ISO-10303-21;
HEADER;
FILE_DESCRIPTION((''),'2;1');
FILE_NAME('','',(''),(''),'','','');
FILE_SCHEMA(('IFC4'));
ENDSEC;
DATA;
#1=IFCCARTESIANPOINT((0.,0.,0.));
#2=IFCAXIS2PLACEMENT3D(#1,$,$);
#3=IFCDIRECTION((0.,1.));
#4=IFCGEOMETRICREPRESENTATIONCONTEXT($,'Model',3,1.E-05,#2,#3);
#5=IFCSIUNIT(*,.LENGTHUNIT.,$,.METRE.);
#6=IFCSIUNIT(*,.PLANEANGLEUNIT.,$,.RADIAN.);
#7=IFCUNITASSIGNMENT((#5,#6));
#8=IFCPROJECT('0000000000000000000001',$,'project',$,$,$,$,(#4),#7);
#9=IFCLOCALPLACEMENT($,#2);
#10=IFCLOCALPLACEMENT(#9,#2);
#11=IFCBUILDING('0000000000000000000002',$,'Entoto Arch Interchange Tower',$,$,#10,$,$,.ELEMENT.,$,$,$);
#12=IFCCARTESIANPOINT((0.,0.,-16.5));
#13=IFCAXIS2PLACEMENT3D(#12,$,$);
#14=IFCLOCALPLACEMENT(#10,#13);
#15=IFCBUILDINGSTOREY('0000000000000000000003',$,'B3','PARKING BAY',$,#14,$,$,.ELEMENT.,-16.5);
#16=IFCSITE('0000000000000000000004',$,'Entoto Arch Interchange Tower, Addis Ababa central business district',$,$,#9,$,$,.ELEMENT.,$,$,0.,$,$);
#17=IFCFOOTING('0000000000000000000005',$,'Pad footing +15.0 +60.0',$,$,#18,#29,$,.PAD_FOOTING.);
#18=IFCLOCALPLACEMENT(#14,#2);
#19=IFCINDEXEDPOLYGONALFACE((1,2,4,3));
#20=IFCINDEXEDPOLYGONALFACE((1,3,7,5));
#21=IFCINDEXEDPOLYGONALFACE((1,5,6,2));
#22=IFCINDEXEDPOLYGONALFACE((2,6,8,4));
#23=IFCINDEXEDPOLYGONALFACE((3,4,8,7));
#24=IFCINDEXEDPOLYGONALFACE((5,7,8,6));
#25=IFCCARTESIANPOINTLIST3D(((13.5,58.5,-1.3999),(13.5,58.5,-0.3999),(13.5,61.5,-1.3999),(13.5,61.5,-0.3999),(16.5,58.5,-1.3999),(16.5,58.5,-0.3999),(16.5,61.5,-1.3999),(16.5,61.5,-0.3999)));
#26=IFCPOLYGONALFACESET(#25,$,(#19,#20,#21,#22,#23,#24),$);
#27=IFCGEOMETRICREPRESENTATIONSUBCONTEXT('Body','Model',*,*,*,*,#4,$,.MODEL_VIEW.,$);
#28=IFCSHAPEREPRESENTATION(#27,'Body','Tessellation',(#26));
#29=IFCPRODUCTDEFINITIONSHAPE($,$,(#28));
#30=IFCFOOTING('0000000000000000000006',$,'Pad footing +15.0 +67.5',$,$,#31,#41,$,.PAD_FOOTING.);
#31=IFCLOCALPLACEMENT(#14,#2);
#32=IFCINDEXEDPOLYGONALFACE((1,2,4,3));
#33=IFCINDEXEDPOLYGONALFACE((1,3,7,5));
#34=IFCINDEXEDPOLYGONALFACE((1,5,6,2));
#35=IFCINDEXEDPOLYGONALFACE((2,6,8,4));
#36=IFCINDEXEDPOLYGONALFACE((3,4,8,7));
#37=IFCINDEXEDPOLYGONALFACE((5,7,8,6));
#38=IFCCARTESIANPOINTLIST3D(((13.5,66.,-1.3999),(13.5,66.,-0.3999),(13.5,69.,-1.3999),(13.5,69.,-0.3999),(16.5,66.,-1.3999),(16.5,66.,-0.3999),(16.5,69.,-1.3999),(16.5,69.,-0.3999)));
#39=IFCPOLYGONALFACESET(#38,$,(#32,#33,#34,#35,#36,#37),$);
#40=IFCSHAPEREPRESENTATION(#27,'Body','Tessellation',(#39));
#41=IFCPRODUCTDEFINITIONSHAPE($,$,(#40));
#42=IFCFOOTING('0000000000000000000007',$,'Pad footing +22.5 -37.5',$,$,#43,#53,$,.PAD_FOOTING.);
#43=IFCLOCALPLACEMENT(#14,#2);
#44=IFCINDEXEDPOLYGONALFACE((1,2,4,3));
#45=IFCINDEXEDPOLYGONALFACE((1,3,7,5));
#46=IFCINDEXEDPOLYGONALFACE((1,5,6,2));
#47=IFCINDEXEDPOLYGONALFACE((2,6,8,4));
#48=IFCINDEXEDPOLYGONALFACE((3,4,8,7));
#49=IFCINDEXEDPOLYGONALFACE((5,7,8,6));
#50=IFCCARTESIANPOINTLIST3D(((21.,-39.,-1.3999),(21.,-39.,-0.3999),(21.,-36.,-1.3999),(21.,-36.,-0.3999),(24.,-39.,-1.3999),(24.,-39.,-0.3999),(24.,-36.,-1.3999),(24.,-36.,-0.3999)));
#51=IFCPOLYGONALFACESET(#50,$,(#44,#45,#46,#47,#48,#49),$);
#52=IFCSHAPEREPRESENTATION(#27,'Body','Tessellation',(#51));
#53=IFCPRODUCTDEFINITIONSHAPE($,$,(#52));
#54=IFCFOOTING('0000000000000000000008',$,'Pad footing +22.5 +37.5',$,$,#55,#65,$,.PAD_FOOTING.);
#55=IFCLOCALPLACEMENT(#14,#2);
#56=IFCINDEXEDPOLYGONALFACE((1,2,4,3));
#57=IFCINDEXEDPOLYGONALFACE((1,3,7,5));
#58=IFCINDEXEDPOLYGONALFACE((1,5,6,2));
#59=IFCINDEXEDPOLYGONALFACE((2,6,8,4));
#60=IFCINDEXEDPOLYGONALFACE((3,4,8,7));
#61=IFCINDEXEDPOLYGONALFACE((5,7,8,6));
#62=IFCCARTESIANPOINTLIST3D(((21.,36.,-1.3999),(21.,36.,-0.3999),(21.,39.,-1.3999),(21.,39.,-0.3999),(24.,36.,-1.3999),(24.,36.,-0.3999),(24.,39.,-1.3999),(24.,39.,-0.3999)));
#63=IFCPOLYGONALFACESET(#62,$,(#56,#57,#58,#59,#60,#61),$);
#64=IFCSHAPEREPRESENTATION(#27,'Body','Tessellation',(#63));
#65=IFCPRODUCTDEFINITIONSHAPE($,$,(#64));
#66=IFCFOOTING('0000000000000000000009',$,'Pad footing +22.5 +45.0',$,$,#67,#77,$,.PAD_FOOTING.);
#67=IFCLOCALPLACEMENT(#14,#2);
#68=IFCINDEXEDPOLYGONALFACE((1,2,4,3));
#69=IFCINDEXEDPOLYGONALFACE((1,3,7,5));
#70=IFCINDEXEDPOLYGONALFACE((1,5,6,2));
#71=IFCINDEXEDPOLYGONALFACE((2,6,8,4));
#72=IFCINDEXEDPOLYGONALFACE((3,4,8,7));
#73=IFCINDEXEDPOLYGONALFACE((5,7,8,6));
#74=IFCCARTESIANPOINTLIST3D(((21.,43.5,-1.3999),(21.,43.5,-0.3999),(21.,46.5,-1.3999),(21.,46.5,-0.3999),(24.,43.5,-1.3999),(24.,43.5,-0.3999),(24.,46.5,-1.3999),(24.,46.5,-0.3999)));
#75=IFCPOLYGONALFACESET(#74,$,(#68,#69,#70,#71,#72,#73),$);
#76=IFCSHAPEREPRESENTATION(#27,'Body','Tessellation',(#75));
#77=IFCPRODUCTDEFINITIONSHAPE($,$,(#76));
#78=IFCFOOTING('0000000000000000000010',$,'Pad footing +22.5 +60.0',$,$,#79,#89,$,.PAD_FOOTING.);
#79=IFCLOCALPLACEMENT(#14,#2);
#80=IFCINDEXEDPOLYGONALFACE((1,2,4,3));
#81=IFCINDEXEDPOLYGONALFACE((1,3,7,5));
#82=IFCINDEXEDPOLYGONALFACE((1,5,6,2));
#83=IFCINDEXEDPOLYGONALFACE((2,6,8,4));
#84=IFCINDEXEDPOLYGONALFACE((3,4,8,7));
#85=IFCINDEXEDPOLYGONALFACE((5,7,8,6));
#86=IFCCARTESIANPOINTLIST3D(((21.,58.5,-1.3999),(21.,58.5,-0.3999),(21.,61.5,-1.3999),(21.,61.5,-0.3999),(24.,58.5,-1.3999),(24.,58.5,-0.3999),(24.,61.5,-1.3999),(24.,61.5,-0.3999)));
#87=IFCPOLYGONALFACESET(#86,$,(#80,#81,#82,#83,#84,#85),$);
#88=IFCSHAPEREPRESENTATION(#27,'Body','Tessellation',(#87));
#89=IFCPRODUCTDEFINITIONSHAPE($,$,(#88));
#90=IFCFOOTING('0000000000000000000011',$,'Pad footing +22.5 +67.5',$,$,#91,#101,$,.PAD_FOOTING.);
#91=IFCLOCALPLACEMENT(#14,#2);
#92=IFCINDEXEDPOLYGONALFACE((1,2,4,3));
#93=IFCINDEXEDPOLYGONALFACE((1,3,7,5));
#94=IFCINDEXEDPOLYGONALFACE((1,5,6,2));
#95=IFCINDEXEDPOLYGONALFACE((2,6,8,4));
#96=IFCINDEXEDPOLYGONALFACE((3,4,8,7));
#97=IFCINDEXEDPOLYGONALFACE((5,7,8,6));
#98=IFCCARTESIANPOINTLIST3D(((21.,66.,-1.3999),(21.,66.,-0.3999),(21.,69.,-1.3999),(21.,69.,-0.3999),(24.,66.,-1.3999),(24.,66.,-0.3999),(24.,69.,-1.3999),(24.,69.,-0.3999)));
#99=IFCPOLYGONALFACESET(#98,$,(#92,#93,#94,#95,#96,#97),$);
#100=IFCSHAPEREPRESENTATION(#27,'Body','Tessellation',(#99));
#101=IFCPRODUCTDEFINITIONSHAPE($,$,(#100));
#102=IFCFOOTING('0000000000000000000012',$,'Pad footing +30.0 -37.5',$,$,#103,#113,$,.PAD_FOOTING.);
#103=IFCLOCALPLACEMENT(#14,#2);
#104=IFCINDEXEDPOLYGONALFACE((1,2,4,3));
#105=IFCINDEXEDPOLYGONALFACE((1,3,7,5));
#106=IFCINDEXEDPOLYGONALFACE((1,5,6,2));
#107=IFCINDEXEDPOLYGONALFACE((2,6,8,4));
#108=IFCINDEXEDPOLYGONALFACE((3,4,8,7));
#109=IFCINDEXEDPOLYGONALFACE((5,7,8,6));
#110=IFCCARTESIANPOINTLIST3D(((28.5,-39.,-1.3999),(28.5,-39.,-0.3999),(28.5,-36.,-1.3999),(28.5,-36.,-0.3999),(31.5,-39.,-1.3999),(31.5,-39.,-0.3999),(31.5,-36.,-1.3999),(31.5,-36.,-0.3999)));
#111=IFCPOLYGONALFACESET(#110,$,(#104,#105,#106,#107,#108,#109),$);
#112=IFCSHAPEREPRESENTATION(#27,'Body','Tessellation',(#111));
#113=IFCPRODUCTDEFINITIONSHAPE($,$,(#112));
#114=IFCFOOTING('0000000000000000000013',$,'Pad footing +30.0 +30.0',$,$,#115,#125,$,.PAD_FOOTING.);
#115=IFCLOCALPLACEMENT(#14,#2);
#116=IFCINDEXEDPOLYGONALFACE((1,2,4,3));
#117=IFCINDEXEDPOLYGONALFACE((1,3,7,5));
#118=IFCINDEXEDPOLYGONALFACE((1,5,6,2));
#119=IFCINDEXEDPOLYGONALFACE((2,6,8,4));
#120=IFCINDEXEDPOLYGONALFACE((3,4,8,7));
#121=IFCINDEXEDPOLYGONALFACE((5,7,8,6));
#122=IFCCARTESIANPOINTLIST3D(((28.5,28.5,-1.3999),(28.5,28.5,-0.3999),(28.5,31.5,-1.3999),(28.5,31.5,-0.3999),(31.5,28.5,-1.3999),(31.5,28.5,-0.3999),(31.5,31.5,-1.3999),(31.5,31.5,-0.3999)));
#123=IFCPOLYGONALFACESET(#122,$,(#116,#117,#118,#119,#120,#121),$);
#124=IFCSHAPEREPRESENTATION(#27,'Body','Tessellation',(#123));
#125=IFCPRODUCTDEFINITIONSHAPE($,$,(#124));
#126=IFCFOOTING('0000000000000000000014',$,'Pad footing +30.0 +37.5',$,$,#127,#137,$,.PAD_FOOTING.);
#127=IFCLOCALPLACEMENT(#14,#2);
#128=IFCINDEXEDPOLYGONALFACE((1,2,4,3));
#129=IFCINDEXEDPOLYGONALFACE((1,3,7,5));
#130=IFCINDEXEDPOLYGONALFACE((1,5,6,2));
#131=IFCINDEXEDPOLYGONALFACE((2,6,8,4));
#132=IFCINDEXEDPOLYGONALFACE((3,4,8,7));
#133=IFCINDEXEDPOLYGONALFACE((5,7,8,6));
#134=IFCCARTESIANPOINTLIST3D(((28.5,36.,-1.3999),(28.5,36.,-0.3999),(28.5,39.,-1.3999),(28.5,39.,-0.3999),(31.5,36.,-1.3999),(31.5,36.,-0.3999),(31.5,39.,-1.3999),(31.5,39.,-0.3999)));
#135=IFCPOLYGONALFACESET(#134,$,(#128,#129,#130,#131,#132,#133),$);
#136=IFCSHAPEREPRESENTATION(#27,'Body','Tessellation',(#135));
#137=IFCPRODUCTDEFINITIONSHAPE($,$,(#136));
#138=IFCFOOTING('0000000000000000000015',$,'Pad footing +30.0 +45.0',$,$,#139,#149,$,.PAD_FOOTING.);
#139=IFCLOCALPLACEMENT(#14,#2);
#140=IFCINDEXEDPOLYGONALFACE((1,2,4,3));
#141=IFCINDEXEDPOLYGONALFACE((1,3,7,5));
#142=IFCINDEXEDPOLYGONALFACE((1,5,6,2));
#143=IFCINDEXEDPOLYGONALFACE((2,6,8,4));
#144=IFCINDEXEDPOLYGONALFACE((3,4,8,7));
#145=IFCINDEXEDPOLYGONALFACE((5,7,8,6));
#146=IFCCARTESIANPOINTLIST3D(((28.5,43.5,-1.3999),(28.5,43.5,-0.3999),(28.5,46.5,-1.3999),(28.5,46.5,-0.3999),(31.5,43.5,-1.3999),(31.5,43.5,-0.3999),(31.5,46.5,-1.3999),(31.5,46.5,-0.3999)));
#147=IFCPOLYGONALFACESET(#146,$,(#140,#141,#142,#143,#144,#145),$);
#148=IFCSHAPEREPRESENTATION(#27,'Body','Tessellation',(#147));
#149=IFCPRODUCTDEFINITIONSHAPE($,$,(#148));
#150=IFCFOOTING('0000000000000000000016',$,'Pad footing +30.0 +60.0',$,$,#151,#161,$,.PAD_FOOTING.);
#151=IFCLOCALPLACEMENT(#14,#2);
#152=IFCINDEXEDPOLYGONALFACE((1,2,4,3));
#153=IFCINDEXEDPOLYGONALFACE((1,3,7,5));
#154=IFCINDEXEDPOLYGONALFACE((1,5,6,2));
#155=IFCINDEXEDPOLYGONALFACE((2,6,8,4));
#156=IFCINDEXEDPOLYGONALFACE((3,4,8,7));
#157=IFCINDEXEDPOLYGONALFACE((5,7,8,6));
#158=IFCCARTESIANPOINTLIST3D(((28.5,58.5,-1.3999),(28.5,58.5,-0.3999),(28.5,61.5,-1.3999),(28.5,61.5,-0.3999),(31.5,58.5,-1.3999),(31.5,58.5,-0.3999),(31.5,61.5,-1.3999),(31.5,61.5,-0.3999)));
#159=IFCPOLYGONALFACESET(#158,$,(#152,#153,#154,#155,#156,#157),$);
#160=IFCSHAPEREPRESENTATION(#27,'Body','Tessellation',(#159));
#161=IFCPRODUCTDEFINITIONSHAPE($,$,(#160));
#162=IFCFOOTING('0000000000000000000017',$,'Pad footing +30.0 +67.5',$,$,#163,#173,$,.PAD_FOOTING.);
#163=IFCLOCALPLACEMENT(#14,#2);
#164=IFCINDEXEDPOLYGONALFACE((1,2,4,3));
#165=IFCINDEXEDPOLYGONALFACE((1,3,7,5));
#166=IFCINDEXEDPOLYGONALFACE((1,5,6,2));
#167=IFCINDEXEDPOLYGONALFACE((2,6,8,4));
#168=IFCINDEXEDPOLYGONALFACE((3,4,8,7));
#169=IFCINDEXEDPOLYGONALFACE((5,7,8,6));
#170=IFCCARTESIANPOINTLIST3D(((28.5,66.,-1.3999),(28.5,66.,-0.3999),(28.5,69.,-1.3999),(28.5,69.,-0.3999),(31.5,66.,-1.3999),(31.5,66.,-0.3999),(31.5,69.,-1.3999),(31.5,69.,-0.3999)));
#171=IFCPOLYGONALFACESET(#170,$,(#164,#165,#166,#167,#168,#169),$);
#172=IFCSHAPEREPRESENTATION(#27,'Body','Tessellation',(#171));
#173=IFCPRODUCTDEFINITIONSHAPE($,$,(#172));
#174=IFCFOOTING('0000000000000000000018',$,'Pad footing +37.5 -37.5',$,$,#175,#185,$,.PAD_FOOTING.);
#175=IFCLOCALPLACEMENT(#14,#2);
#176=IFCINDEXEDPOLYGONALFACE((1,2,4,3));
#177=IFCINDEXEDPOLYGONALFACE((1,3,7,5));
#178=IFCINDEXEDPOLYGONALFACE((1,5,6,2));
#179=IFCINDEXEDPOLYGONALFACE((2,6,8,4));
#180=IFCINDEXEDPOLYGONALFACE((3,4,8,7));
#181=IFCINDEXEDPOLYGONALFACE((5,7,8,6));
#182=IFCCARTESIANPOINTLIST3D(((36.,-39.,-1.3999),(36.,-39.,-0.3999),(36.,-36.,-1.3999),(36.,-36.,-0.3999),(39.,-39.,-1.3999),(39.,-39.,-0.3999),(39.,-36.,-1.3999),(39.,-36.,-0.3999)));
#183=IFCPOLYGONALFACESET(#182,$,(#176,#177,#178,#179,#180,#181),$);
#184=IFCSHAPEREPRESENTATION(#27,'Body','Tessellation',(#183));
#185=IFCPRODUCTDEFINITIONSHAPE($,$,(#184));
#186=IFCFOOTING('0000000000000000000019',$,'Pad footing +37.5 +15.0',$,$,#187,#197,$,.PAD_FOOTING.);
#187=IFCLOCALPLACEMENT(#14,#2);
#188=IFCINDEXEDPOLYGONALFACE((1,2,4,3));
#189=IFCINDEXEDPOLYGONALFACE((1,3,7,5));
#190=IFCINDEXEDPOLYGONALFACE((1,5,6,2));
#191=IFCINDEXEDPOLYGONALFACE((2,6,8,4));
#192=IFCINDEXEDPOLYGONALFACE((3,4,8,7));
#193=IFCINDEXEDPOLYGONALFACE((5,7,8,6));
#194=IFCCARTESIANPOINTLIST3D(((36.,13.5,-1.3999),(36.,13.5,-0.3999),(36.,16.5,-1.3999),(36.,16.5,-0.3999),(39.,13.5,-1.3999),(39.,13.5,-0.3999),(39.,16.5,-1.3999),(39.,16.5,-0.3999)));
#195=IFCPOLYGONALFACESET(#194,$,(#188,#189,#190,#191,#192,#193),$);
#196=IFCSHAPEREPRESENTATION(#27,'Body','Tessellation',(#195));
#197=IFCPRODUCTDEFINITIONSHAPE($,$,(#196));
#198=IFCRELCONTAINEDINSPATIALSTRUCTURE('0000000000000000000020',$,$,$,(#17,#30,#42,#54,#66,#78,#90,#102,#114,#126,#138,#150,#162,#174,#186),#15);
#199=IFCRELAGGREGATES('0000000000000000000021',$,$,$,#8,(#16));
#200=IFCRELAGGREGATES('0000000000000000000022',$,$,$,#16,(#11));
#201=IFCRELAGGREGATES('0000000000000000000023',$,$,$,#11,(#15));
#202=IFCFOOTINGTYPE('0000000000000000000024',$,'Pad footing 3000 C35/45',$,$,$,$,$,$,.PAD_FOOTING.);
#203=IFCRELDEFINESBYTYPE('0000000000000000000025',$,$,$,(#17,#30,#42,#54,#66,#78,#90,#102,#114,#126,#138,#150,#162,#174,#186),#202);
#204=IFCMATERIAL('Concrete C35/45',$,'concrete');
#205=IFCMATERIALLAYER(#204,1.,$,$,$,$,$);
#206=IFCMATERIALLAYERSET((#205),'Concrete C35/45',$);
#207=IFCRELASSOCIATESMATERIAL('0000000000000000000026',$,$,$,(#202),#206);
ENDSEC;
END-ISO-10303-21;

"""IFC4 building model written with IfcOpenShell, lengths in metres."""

from ifc_helpers import new_model, si_unit, direction, frame, origin, place, context, subcontext, project, spatial, polyline, outline, extrude, material, layer, layer_set, type_object, element, save


model = new_model("IFC4")

# Units and contexts
model_context = context("Model", 3, precision=1e-05, world=origin(), true_north=direction((0.0, 1.0)))
body_context = subcontext(model_context, "Body", "Model", "MODEL_VIEW")
ifc_project = project(units=[si_unit("LENGTHUNIT", "METRE"), si_unit("PLANEANGLEUNIT", "RADIAN")], contexts=[model_context])

# Site, building, storey
site_placement = place(None, origin())
site = spatial("IfcSite", under=ifc_project, at=site_placement, Name="Entoto Arch Interchange Tower, Addis Ababa central business district", CompositionType="ELEMENT", RefElevation=0.0)
building_placement = place(site_placement, origin())
building = spatial("IfcBuilding", under=site, at=building_placement, Name="Entoto Arch Interchange Tower", CompositionType="ELEMENT")
storey_placement = place(building_placement, frame((0.0, 0.0, -16.5)))
storey = spatial("IfcBuildingStorey", under=building, at=storey_placement, Name="B3", Description="PARKING BAY", CompositionType="ELEMENT", Elevation=-16.5)

# Footings
ifc_material_1 = material(Name="Concrete C35/45", Category="concrete")
ifc_layer_1 = layer(ifc_material_1, 1.0)
ifc_layer_set_1 = layer_set([ifc_layer_1], Name="Concrete C35/45")
footing_type = type_object("IfcFootingType", Name="Pad footing 3000 C35/45", PredefinedType="PAD_FOOTING", material=ifc_layer_set_1)
footing_1_placement = place(storey_placement, frame((0.0, 0.0, -1.3999)))
element("IfcFooting", 1, at=footing_1_placement, inside=storey, type_object=footing_type, Name="Pad footing +15.0 +60.0", PredefinedType="PAD_FOOTING", context=body_context, shape_type="SweptSolid", body=[
    extrude(outline(polyline([(16.5, 58.5), (16.5, 61.5), (13.5, 61.5), (13.5, 58.5), (16.5, 58.5)])), origin(), (0.0, 0.0, 1.0), 1.0),
])
footing_2_placement = place(storey_placement, frame((0.0, 0.0, -1.3999)))
element("IfcFooting", 2, at=footing_2_placement, inside=storey, type_object=footing_type, Name="Pad footing +15.0 +67.5", PredefinedType="PAD_FOOTING", context=body_context, shape_type="SweptSolid", body=[
    extrude(outline(polyline([(16.5, 66.0), (16.5, 69.0), (13.5, 69.0), (13.5, 66.0), (16.5, 66.0)])), origin(), (0.0, 0.0, 1.0), 1.0),
])
footing_3_placement = place(storey_placement, frame((0.0, 0.0, -1.3999)))
element("IfcFooting", 3, at=footing_3_placement, inside=storey, type_object=footing_type, Name="Pad footing +22.5 -37.5", PredefinedType="PAD_FOOTING", context=body_context, shape_type="SweptSolid", body=[
    extrude(outline(polyline([(24.0, -39.0), (24.0, -36.0), (21.0, -36.0), (21.0, -39.0), (24.0, -39.0)])), origin(), (0.0, 0.0, 1.0), 1.0),
])
footing_4_placement = place(storey_placement, frame((0.0, 0.0, -1.3999)))
element("IfcFooting", 4, at=footing_4_placement, inside=storey, type_object=footing_type, Name="Pad footing +22.5 +37.5", PredefinedType="PAD_FOOTING", context=body_context, shape_type="SweptSolid", body=[
    extrude(outline(polyline([(24.0, 36.0), (24.0, 39.0), (21.0, 39.0), (21.0, 36.0), (24.0, 36.0)])), origin(), (0.0, 0.0, 1.0), 1.0),
])
footing_5_placement = place(storey_placement, frame((0.0, 0.0, -1.3999)))
element("IfcFooting", 5, at=footing_5_placement, inside=storey, type_object=footing_type, Name="Pad footing +22.5 +45.0", PredefinedType="PAD_FOOTING", context=body_context, shape_type="SweptSolid", body=[
    extrude(outline(polyline([(24.0, 43.5), (24.0, 46.5), (21.0, 46.5), (21.0, 43.5), (24.0, 43.5)])), origin(), (0.0, 0.0, 1.0), 1.0),
])
footing_6_placement = place(storey_placement, frame((0.0, 0.0, -1.3999)))
element("IfcFooting", 6, at=footing_6_placement, inside=storey, type_object=footing_type, Name="Pad footing +22.5 +60.0", PredefinedType="PAD_FOOTING", context=body_context, shape_type="SweptSolid", body=[
    extrude(outline(polyline([(24.0, 58.5), (24.0, 61.5), (21.0, 61.5), (21.0, 58.5), (24.0, 58.5)])), origin(), (0.0, 0.0, 1.0), 1.0),
])
footing_7_placement = place(storey_placement, frame((0.0, 0.0, -1.3999)))
element("IfcFooting", 7, at=footing_7_placement, inside=storey, type_object=footing_type, Name="Pad footing +22.5 +67.5", PredefinedType="PAD_FOOTING", context=body_context, shape_type="SweptSolid", body=[
    extrude(outline(polyline([(24.0, 66.0), (24.0, 69.0), (21.0, 69.0), (21.0, 66.0), (24.0, 66.0)])), origin(), (0.0, 0.0, 1.0), 1.0),
])
footing_8_placement = place(storey_placement, frame((0.0, 0.0, -1.3999)))
element("IfcFooting", 8, at=footing_8_placement, inside=storey, type_object=footing_type, Name="Pad footing +30.0 -37.5", PredefinedType="PAD_FOOTING", context=body_context, shape_type="SweptSolid", body=[
    extrude(outline(polyline([(31.5, -39.0), (31.5, -36.0), (28.5, -36.0), (28.5, -39.0), (31.5, -39.0)])), origin(), (0.0, 0.0, 1.0), 1.0),
])
footing_9_placement = place(storey_placement, frame((0.0, 0.0, -1.3999)))
element("IfcFooting", 9, at=footing_9_placement, inside=storey, type_object=footing_type, Name="Pad footing +30.0 +30.0", PredefinedType="PAD_FOOTING", context=body_context, shape_type="SweptSolid", body=[
    extrude(outline(polyline([(31.5, 28.5), (31.5, 31.5), (28.5, 31.5), (28.5, 28.5), (31.5, 28.5)])), origin(), (0.0, 0.0, 1.0), 1.0),
])
footing_10_placement = place(storey_placement, frame((0.0, 0.0, -1.3999)))
element("IfcFooting", 10, at=footing_10_placement, inside=storey, type_object=footing_type, Name="Pad footing +30.0 +37.5", PredefinedType="PAD_FOOTING", context=body_context, shape_type="SweptSolid", body=[
    extrude(outline(polyline([(31.5, 36.0), (31.5, 39.0), (28.5, 39.0), (28.5, 36.0), (31.5, 36.0)])), origin(), (0.0, 0.0, 1.0), 1.0),
])
footing_11_placement = place(storey_placement, frame((0.0, 0.0, -1.3999)))
element("IfcFooting", 11, at=footing_11_placement, inside=storey, type_object=footing_type, Name="Pad footing +30.0 +45.0", PredefinedType="PAD_FOOTING", context=body_context, shape_type="SweptSolid", body=[
    extrude(outline(polyline([(31.5, 43.5), (31.5, 46.5), (28.5, 46.5), (28.5, 43.5), (31.5, 43.5)])), origin(), (0.0, 0.0, 1.0), 1.0),
])
footing_12_placement = place(storey_placement, frame((0.0, 0.0, -1.3999)))
element("IfcFooting", 12, at=footing_12_placement, inside=storey, type_object=footing_type, Name="Pad footing +30.0 +60.0", PredefinedType="PAD_FOOTING", context=body_context, shape_type="SweptSolid", body=[
    extrude(outline(polyline([(31.5, 58.5), (31.5, 61.5), (28.5, 61.5), (28.5, 58.5), (31.5, 58.5)])), origin(), (0.0, 0.0, 1.0), 1.0),
])
footing_13_placement = place(storey_placement, frame((0.0, 0.0, -1.3999)))
element("IfcFooting", 13, at=footing_13_placement, inside=storey, type_object=footing_type, Name="Pad footing +30.0 +67.5", PredefinedType="PAD_FOOTING", context=body_context, shape_type="SweptSolid", body=[
    extrude(outline(polyline([(31.5, 66.0), (31.5, 69.0), (28.5, 69.0), (28.5, 66.0), (31.5, 66.0)])), origin(), (0.0, 0.0, 1.0), 1.0),
])
footing_14_placement = place(storey_placement, frame((0.0, 0.0, -1.3999)))
element("IfcFooting", 14, at=footing_14_placement, inside=storey, type_object=footing_type, Name="Pad footing +37.5 -37.5", PredefinedType="PAD_FOOTING", context=body_context, shape_type="SweptSolid", body=[
    extrude(outline(polyline([(39.0, -39.0), (39.0, -36.0), (36.0, -36.0), (36.0, -39.0), (39.0, -39.0)])), origin(), (0.0, 0.0, 1.0), 1.0),
])
footing_15_placement = place(storey_placement, frame((0.0, 0.0, -1.3999)))
element("IfcFooting", 15, at=footing_15_placement, inside=storey, type_object=footing_type, Name="Pad footing +37.5 +15.0", PredefinedType="PAD_FOOTING", context=body_context, shape_type="SweptSolid", body=[
    extrude(outline(polyline([(39.0, 13.5), (39.0, 16.5), (36.0, 16.5), (36.0, 13.5), (39.0, 13.5)])), origin(), (0.0, 0.0, 1.0), 1.0),
])

save(model, "model.ifc")
